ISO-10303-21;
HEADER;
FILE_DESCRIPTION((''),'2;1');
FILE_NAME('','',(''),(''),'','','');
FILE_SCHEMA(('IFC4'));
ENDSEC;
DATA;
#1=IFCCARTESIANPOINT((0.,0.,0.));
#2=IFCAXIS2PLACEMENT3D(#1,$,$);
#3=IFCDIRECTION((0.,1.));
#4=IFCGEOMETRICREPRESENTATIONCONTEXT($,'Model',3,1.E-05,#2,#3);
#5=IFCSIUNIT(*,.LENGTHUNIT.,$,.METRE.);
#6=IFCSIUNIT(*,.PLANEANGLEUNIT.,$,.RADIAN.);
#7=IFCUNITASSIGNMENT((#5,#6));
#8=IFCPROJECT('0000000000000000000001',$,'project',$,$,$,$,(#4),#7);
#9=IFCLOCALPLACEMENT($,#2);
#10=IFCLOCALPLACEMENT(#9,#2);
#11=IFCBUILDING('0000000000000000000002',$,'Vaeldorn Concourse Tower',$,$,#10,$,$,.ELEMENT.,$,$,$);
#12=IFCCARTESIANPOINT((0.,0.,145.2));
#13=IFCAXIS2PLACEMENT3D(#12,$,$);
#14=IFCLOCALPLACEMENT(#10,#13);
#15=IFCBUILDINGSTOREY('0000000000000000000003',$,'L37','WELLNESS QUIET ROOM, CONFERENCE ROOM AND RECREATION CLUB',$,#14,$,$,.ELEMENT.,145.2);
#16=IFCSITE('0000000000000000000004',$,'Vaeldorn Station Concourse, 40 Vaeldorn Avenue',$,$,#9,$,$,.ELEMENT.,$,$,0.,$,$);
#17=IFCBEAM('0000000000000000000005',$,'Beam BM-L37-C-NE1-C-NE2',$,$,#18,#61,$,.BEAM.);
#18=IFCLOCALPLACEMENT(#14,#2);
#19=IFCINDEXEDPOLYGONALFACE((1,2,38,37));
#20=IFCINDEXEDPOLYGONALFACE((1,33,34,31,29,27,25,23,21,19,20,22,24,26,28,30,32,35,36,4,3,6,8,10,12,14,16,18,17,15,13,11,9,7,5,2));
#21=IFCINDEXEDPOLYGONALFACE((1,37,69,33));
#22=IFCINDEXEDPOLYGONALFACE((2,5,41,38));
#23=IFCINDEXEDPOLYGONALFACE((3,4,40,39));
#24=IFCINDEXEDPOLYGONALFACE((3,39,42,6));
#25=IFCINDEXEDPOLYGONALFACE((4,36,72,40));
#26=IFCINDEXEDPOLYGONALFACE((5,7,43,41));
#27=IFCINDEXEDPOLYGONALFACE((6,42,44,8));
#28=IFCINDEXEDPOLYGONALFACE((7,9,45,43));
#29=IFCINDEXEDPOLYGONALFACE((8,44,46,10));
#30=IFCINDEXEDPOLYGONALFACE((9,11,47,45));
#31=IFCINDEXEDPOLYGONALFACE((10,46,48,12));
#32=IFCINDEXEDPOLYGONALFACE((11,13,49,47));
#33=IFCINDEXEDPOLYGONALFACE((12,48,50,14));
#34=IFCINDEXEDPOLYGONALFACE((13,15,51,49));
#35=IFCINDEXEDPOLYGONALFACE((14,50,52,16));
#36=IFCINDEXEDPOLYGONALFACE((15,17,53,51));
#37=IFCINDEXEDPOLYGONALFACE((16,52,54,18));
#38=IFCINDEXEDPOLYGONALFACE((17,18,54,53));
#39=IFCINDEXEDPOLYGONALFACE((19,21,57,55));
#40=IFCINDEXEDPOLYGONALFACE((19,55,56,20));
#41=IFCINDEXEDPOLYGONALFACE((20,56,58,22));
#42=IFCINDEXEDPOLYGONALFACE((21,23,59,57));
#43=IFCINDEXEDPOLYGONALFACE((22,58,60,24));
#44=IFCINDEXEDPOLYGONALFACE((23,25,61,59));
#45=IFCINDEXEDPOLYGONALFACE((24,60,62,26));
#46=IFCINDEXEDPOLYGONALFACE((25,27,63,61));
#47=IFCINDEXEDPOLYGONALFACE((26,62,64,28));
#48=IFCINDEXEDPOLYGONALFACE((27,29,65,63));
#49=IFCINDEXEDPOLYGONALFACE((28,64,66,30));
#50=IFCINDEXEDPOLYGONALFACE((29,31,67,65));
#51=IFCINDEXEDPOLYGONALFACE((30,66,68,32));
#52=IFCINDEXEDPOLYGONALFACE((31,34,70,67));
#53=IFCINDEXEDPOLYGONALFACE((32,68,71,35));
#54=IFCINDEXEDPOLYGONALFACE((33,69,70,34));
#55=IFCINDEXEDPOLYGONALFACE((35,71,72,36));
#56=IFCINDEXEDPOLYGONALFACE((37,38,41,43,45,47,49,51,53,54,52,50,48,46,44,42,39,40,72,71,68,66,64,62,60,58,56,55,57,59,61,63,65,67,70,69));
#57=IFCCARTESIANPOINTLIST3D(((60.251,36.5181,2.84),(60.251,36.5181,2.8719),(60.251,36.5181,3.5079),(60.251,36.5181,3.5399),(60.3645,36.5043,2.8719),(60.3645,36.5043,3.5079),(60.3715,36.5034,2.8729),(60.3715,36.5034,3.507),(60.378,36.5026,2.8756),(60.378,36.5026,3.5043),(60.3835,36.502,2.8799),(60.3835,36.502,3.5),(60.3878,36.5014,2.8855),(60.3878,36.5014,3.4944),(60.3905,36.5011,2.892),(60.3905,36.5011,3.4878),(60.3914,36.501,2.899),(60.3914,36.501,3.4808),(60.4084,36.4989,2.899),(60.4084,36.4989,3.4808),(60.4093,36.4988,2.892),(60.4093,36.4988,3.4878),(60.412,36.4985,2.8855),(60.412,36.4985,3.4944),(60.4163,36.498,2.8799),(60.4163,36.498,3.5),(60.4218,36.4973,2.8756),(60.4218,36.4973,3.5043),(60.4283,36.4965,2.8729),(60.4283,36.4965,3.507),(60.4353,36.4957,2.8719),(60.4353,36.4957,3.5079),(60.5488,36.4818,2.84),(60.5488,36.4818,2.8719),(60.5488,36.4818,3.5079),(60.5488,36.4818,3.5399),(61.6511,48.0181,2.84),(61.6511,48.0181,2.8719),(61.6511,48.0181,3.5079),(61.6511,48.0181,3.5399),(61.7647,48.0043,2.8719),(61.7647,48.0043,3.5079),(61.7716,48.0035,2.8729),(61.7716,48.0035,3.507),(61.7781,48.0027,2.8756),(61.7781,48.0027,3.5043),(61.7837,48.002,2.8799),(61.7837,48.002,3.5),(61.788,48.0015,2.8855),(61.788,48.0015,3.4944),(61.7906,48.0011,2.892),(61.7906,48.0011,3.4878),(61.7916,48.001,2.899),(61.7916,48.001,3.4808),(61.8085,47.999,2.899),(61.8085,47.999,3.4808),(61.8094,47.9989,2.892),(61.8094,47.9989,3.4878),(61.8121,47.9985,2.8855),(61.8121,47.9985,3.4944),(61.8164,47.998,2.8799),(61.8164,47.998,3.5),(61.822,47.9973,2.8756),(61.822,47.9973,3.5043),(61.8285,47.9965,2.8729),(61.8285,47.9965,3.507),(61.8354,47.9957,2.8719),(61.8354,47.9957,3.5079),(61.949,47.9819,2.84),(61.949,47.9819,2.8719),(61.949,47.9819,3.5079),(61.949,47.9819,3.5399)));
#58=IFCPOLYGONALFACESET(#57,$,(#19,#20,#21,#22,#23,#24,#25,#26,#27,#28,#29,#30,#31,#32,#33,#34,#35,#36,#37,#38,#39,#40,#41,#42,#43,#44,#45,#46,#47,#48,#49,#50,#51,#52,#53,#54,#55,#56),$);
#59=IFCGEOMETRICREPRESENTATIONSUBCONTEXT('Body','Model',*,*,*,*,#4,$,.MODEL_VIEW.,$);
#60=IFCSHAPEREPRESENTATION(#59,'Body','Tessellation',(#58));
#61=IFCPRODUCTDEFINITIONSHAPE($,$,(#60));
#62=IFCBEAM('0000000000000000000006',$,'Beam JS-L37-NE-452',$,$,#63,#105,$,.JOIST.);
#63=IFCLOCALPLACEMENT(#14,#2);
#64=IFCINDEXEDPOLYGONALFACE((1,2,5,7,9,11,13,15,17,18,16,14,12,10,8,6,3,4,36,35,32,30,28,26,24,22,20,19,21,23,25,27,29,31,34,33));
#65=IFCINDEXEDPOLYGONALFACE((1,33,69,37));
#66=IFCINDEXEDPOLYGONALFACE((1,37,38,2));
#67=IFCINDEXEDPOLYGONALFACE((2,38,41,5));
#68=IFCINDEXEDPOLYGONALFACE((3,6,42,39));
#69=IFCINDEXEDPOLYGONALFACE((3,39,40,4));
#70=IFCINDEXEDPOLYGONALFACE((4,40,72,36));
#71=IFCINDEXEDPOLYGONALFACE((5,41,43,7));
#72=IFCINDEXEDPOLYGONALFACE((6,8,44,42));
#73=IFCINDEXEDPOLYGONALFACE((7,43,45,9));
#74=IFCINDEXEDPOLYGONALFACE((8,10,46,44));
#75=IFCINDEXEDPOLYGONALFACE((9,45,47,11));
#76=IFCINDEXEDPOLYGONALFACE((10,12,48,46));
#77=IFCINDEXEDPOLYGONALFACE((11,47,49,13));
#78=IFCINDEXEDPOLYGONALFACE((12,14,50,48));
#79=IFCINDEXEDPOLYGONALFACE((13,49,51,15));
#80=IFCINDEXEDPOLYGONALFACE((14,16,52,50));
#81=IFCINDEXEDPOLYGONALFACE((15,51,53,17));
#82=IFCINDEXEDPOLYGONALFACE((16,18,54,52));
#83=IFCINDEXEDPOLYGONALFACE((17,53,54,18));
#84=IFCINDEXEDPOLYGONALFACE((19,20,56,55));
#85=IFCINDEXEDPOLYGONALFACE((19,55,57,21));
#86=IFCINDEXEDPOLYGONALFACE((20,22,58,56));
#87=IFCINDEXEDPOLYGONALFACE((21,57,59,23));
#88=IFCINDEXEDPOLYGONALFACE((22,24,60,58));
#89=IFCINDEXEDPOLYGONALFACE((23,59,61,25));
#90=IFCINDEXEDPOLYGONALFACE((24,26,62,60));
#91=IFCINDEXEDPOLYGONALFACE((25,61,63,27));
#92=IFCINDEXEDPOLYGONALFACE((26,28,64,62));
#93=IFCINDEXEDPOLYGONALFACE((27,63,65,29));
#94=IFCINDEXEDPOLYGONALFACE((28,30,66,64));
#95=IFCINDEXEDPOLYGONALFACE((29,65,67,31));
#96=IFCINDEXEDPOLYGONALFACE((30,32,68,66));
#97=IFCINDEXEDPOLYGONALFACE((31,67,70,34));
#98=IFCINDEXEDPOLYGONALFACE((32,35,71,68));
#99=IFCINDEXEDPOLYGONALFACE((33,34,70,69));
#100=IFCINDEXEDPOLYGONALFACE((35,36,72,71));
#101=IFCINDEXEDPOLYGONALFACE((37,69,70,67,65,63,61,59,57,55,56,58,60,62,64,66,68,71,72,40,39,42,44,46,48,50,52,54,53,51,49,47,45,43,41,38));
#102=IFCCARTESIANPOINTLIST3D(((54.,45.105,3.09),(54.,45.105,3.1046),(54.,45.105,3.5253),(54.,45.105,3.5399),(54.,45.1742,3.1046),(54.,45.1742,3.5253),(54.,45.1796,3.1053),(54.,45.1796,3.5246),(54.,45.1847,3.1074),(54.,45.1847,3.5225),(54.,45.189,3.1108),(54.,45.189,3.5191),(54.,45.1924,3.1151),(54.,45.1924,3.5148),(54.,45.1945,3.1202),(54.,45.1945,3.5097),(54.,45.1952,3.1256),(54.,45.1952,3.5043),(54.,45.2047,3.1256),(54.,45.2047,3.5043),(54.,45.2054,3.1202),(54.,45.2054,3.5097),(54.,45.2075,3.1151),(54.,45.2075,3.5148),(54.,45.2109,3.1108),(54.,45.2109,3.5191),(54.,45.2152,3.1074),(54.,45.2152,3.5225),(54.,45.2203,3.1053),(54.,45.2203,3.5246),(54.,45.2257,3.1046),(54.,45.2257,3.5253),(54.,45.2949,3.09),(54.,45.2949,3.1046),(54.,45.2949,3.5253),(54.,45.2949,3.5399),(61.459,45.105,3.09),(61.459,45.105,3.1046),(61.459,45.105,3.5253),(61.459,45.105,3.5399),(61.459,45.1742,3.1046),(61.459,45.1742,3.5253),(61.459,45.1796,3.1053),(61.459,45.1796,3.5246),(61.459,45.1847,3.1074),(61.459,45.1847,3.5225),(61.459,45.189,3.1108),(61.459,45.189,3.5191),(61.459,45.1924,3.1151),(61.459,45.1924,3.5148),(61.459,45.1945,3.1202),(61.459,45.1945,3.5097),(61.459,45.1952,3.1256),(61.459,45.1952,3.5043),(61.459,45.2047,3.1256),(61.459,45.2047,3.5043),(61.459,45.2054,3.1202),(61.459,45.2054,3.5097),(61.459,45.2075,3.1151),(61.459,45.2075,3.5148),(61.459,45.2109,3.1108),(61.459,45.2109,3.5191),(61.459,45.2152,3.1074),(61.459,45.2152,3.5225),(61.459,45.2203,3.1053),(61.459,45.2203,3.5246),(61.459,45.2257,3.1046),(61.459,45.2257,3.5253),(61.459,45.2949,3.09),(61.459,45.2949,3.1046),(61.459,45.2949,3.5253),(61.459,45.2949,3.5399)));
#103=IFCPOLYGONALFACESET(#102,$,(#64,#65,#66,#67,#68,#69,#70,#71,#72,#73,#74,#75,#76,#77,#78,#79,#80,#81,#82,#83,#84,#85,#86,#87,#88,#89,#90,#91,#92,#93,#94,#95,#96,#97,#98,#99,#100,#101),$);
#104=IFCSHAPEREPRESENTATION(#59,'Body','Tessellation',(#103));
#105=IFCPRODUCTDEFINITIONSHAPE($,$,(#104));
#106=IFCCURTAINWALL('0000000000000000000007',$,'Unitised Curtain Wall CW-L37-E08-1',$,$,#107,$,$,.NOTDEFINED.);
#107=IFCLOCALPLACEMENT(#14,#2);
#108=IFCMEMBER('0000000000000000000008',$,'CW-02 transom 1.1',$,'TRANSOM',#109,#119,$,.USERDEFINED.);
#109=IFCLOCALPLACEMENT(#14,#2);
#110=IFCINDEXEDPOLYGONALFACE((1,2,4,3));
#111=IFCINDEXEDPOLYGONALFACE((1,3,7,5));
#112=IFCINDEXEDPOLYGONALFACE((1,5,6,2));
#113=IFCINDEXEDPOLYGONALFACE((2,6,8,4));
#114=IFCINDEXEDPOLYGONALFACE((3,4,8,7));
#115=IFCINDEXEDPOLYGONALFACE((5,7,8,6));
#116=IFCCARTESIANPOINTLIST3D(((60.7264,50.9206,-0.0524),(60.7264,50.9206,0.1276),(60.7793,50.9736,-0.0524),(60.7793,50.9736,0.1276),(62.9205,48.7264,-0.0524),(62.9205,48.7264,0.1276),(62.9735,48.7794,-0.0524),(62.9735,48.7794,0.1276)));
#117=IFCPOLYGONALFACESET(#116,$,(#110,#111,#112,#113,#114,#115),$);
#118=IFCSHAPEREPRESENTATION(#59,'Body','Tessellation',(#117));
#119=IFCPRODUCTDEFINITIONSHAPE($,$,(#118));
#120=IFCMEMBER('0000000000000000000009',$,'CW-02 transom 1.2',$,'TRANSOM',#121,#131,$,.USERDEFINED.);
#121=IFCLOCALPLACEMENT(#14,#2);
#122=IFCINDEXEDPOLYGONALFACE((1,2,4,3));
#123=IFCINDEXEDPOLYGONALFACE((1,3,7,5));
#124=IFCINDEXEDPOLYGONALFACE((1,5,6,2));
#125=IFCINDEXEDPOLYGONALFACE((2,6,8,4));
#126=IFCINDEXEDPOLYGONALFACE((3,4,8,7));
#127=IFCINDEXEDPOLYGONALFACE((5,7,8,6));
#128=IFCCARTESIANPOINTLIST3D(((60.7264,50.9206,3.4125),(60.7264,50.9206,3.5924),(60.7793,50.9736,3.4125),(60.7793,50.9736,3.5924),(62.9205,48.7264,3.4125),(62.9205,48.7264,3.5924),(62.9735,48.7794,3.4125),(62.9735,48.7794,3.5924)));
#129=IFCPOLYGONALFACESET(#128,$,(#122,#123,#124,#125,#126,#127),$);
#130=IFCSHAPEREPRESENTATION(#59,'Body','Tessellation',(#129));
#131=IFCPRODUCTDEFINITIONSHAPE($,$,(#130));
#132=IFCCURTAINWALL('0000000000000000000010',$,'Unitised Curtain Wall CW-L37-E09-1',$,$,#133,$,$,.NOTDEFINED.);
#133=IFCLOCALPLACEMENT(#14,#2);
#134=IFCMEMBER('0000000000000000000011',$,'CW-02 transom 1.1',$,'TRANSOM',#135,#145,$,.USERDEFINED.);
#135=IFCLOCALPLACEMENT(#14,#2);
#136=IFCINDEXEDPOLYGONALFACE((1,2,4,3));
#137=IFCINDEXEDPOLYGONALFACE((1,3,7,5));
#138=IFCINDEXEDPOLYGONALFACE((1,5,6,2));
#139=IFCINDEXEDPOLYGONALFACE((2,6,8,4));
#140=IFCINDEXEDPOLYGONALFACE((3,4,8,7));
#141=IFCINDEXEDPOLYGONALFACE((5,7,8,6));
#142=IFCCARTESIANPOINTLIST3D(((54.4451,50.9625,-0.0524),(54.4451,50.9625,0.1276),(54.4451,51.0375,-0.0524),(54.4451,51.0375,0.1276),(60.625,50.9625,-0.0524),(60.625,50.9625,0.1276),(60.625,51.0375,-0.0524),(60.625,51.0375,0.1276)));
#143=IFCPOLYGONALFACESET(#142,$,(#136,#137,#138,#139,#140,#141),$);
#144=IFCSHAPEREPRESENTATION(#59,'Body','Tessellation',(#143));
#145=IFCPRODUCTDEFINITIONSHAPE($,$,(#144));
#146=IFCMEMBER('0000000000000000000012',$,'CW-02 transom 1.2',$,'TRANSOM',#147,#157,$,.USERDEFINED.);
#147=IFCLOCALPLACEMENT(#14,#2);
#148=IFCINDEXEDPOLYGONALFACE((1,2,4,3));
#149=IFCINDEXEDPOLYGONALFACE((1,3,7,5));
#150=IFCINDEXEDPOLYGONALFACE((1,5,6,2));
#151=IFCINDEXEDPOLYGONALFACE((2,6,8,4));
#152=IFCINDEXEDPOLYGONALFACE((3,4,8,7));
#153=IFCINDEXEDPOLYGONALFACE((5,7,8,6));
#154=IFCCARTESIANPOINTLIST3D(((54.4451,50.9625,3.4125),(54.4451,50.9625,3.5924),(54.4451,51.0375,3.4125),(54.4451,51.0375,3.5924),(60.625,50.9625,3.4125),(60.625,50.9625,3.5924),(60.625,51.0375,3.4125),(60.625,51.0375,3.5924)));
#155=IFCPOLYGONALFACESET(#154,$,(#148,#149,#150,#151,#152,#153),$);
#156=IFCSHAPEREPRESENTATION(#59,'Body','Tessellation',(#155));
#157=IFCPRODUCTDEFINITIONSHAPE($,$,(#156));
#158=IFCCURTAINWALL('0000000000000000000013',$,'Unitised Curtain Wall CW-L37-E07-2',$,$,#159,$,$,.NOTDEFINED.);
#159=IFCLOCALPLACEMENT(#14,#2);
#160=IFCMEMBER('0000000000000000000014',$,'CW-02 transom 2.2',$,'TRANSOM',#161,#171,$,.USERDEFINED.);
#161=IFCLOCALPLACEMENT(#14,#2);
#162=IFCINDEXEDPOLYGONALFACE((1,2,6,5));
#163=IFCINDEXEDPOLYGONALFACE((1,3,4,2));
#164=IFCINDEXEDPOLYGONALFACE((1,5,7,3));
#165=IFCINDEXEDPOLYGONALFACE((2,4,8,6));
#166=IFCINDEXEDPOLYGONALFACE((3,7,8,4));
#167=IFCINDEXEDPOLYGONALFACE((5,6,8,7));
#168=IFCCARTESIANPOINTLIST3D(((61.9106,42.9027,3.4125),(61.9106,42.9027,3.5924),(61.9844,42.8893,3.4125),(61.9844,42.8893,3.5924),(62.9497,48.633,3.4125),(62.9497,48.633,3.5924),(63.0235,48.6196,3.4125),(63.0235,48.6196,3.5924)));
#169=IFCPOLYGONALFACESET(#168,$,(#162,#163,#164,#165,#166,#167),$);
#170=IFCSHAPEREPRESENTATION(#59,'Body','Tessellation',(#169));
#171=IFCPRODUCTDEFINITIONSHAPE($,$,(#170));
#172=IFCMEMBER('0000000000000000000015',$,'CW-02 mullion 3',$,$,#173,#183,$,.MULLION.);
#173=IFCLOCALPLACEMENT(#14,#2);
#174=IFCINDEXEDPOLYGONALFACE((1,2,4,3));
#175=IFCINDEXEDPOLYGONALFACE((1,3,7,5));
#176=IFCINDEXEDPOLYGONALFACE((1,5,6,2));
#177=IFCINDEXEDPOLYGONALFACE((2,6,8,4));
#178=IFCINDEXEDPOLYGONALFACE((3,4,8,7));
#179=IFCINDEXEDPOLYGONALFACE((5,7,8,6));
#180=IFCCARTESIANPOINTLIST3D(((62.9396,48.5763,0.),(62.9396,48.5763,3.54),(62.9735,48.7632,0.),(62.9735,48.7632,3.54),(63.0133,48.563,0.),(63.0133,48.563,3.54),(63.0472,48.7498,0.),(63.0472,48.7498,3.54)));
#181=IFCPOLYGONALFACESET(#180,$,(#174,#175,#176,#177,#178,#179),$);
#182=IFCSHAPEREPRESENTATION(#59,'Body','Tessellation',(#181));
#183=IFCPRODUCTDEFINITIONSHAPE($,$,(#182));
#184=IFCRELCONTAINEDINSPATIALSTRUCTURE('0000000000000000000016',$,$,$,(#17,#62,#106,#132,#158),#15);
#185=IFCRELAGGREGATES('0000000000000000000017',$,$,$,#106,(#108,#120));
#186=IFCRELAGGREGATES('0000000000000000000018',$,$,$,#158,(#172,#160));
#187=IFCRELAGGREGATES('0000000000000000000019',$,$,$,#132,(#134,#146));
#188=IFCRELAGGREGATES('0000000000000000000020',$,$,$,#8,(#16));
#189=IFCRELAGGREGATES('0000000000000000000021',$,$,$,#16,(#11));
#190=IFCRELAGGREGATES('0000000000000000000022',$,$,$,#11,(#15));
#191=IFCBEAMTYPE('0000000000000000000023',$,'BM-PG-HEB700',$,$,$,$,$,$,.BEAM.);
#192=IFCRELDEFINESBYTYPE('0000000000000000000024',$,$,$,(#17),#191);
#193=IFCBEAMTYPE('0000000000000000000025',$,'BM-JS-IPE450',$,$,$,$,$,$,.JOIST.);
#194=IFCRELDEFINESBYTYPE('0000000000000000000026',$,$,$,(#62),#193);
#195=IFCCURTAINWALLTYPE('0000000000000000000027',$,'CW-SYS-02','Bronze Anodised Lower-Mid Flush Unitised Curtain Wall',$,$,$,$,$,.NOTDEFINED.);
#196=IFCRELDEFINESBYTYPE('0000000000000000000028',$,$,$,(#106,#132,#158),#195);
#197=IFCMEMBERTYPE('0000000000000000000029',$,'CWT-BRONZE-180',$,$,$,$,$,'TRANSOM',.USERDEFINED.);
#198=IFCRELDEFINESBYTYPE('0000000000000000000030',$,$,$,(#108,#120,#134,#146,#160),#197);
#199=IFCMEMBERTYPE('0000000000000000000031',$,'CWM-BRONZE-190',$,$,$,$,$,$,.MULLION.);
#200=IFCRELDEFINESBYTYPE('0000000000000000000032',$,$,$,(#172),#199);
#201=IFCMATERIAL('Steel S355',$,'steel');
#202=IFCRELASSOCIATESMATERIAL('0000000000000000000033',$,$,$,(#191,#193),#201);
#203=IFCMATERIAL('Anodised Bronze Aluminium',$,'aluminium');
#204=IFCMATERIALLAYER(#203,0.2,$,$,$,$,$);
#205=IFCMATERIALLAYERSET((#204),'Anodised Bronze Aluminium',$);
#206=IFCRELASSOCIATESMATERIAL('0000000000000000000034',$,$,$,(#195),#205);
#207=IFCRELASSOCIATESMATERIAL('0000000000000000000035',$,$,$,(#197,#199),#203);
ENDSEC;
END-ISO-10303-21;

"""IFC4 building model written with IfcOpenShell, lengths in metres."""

from ifc_helpers import new_model, si_unit, direction, frame, origin, origin_2d, place, context, subcontext, project, spatial, rectangle, i_section, extrude, source, transform, mapped, material, layer, layer_set, material_profile, profile_set, type_object, element, aggregate, save


model = new_model("IFC4")

# Units and contexts
model_context = context("Model", 3, precision=1e-05, world=origin(), true_north=direction((0.0, 1.0)))
body_context = subcontext(model_context, "Body", "Model", "MODEL_VIEW")
ifc_project = project(units=[si_unit("LENGTHUNIT", "METRE"), si_unit("PLANEANGLEUNIT", "RADIAN")], contexts=[model_context])

# Site, building, storey
site_placement = place(None, origin())
site = spatial("IfcSite", under=ifc_project, at=site_placement, Name="Vaeldorn Station Concourse, 40 Vaeldorn Avenue", CompositionType="ELEMENT", RefElevation=0.0)
building_placement = place(site_placement, origin())
building = spatial("IfcBuilding", under=site, at=building_placement, Name="Vaeldorn Concourse Tower", CompositionType="ELEMENT")
storey_placement = place(building_placement, frame((0.0, 0.0, 145.2)))
storey = spatial("IfcBuildingStorey", under=building, at=storey_placement, Name="L37", Description="WELLNESS QUIET ROOM, CONFERENCE ROOM AND RECREATION CLUB", CompositionType="ELEMENT", Elevation=145.2)

# Beams
ifc_material_1 = material(Name="Steel S355", Category="steel")
ifc_material_profile_1 = material_profile(ifc_material_1, i_section(OverallWidth=0.3, OverallDepth=0.7, WebThickness=0.0171, FlangeThickness=0.032, FilletRadius=0.0271, at=origin_2d()), Name="HEB 700")
ifc_profile_set_1 = profile_set([ifc_material_profile_1], Name="Steel S355")
beam_type_1 = type_object("IfcBeamType", Name="BM-PG-HEB700", PredefinedType="BEAM", material=ifc_profile_set_1)
shared_shape_1 = source(origin(), body_context, "Body", "SweptSolid", [
    extrude(i_section(OverallWidth=0.3, OverallDepth=0.7, WebThickness=0.0171, FlangeThickness=0.032, FilletRadius=0.0271, at=origin_2d()), origin(), (0.0, 0.0, 1.0), 11.585),
])
beam_1_placement = place(storey_placement, frame((61.8, 48.0, 3.1899), z_axis=(-0.120859, -0.99267, 0.0), x_axis=(0.99267, -0.120859, 0.0)))
element("IfcBeam", 1, at=beam_1_placement, inside=storey, type_object=beam_type_1, Name="Beam BM-L37-C-NE1-C-NE2", PredefinedType="BEAM", context=body_context, shape_type="MappedRepresentation", body=[
    mapped(shared_shape_1, transform((0.0, 0.0, 0.0), scale=1.0)),
])
ifc_material_profile_2 = material_profile(ifc_material_1, i_section(OverallWidth=0.1899, OverallDepth=0.45, WebThickness=0.0095, FlangeThickness=0.0146, FilletRadius=0.021, at=origin_2d()), Name="IPE 450")
ifc_profile_set_2 = profile_set([ifc_material_profile_2], Name="Steel S355")
beam_type_2 = type_object("IfcBeamType", Name="BM-JS-IPE450", PredefinedType="JOIST", material=ifc_profile_set_2)
shared_shape_2 = source(origin(), body_context, "Body", "SweptSolid", [
    extrude(i_section(OverallWidth=0.1899, OverallDepth=0.45, WebThickness=0.0095, FlangeThickness=0.0146, FilletRadius=0.021, at=origin_2d()), origin(), (0.0, 0.0, 1.0), 7.459),
])
beam_2_placement = place(storey_placement, frame((54.0, 45.2, 3.3149), z_axis=(1.0, 0.0, 0.0), x_axis=(0.0, 1.0, 0.0)))
element("IfcBeam", 2, at=beam_2_placement, inside=storey, type_object=beam_type_2, Name="Beam JS-L37-NE-452", PredefinedType="JOIST", context=body_context, shape_type="MappedRepresentation", body=[
    mapped(shared_shape_2, transform((0.0, 0.0, 0.0), scale=1.0)),
])

# Curtain walls, members
ifc_material_2 = material(Name="Anodised Bronze Aluminium", Category="aluminium")
ifc_layer_1 = layer(ifc_material_2, 0.2)
ifc_layer_set_1 = layer_set([ifc_layer_1], Name="Anodised Bronze Aluminium")
curtain_wall_type = type_object("IfcCurtainWallType", Name="CW-SYS-02", Description="Bronze Anodised Lower-Mid Flush Unitised Curtain Wall", PredefinedType="NOTDEFINED", material=ifc_layer_set_1)
curtain_wall_1_placement = place(storey_placement, origin())
curtain_wall_1 = element("IfcCurtainWall", 3, at=curtain_wall_1_placement, inside=storey, type_object=curtain_wall_type, Name="Unitised Curtain Wall CW-L37-E08-1", PredefinedType="NOTDEFINED")
ifc_material_profile_3 = material_profile(ifc_material_2, rectangle(XDim=0.075, YDim=0.1799, at=origin_2d()), Name="CWT 75x180")
ifc_profile_set_3 = profile_set([ifc_material_profile_3], Name="Anodised Bronze Aluminium")
member_type_1 = type_object("IfcMemberType", Name="CWT-BRONZE-180", ElementType="TRANSOM", PredefinedType="USERDEFINED", material=ifc_profile_set_3)
shared_shape_3 = source(origin(), body_context, "Body", "SweptSolid", [
    extrude(rectangle(XDim=0.075, YDim=0.1799, at=origin_2d()), origin(), (0.0, 0.0, 1.0), 3.103),
])
member_1_placement = place(storey_placement, frame((62.947, 48.7529, 0.0376), z_axis=(-0.707107, 0.707107, 0.0), x_axis=(-0.707107, -0.707107, 0.0)))
member_1 = element("IfcMember", 4, at=member_1_placement, type_object=member_type_1, Name="CW-02 transom 1.1", ObjectType="TRANSOM", PredefinedType="USERDEFINED", context=body_context, shape_type="MappedRepresentation", body=[
    mapped(shared_shape_3, transform((0.0, 0.0, 0.0), scale=1.0)),
])
member_2_placement = place(storey_placement, frame((62.947, 48.7529, 3.5024), z_axis=(-0.707107, 0.707107, 0.0), x_axis=(-0.707107, -0.707107, 0.0)))
member_2 = element("IfcMember", 5, at=member_2_placement, type_object=member_type_1, Name="CW-02 transom 1.2", ObjectType="TRANSOM", PredefinedType="USERDEFINED", context=body_context, shape_type="MappedRepresentation", body=[
    mapped(shared_shape_3, transform((0.0, 0.0, 0.0), scale=1.0)),
])
curtain_wall_2_placement = place(storey_placement, origin())
curtain_wall_2 = element("IfcCurtainWall", 6, at=curtain_wall_2_placement, inside=storey, type_object=curtain_wall_type, Name="Unitised Curtain Wall CW-L37-E09-1", PredefinedType="NOTDEFINED")
shared_shape_4 = source(origin(), body_context, "Body", "SweptSolid", [
    extrude(rectangle(XDim=0.075, YDim=0.1799, at=origin_2d()), origin(), (0.0, 0.0, 1.0), 6.1799),
])
member_3_placement = place(storey_placement, frame((60.625, 51.0, 0.0376), z_axis=(-1.0, 0.0, 0.0), x_axis=(0.0, -1.0, 0.0)))
member_3 = element("IfcMember", 7, at=member_3_placement, type_object=member_type_1, Name="CW-02 transom 1.1", ObjectType="TRANSOM", PredefinedType="USERDEFINED", context=body_context, shape_type="MappedRepresentation", body=[
    mapped(shared_shape_4, transform((0.0, 0.0, 0.0), scale=1.0)),
])
member_4_placement = place(storey_placement, frame((60.625, 51.0, 3.5024), z_axis=(-1.0, 0.0, 0.0), x_axis=(0.0, -1.0, 0.0)))
member_4 = element("IfcMember", 8, at=member_4_placement, type_object=member_type_1, Name="CW-02 transom 1.2", ObjectType="TRANSOM", PredefinedType="USERDEFINED", context=body_context, shape_type="MappedRepresentation", body=[
    mapped(shared_shape_4, transform((0.0, 0.0, 0.0), scale=1.0)),
])
curtain_wall_3_placement = place(storey_placement, origin())
curtain_wall_3 = element("IfcCurtainWall", 9, at=curtain_wall_3_placement, inside=storey, type_object=curtain_wall_type, Name="Unitised Curtain Wall CW-L37-E07-2", PredefinedType="NOTDEFINED")
shared_shape_5 = source(origin(), body_context, "Body", "SweptSolid", [
    extrude(rectangle(XDim=0.075, YDim=0.1799, at=origin_2d()), origin(), (0.0, 0.0, 1.0), 5.8237),
])
member_5_placement = place(storey_placement, frame((61.9475, 42.896, 3.5024), z_axis=(0.178421, 0.983954, 0.0), x_axis=(-0.983954, 0.178421, 0.0)))
member_5 = element("IfcMember", 10, at=member_5_placement, type_object=member_type_1, Name="CW-02 transom 2.2", ObjectType="TRANSOM", PredefinedType="USERDEFINED", context=body_context, shape_type="MappedRepresentation", body=[
    mapped(shared_shape_5, transform((0.0, 0.0, 0.0), scale=1.0)),
])
ifc_material_profile_4 = material_profile(ifc_material_2, rectangle(XDim=0.075, YDim=0.1899, at=origin_2d()), Name="CWM 75x190")
ifc_profile_set_4 = profile_set([ifc_material_profile_4], Name="Anodised Bronze Aluminium")
member_type_2 = type_object("IfcMemberType", Name="CWM-BRONZE-190", PredefinedType="MULLION", material=ifc_profile_set_4)
shared_shape_6 = source(origin(), body_context, "Body", "SweptSolid", [
    extrude(rectangle(XDim=0.075, YDim=0.1899, at=origin_2d()), origin(), (0.0, 0.0, 1.0), 3.54),
])
member_6_placement = place(storey_placement, frame((62.9934, 48.6631, 0.0), z_axis=(0.0, 0.0, 1.0), x_axis=(-0.98395, 0.178445, 0.0)))
member_6 = element("IfcMember", 11, at=member_6_placement, type_object=member_type_2, Name="CW-02 mullion 3", PredefinedType="MULLION", context=body_context, shape_type="MappedRepresentation", body=[
    mapped(shared_shape_6, transform((0.0, 0.0, 0.0), scale=1.0)),
])

aggregate(curtain_wall_1, [member_1, member_2])
aggregate(curtain_wall_3, [member_6, member_5])
aggregate(curtain_wall_2, [member_3, member_4])

save(model, "model.ifc")
